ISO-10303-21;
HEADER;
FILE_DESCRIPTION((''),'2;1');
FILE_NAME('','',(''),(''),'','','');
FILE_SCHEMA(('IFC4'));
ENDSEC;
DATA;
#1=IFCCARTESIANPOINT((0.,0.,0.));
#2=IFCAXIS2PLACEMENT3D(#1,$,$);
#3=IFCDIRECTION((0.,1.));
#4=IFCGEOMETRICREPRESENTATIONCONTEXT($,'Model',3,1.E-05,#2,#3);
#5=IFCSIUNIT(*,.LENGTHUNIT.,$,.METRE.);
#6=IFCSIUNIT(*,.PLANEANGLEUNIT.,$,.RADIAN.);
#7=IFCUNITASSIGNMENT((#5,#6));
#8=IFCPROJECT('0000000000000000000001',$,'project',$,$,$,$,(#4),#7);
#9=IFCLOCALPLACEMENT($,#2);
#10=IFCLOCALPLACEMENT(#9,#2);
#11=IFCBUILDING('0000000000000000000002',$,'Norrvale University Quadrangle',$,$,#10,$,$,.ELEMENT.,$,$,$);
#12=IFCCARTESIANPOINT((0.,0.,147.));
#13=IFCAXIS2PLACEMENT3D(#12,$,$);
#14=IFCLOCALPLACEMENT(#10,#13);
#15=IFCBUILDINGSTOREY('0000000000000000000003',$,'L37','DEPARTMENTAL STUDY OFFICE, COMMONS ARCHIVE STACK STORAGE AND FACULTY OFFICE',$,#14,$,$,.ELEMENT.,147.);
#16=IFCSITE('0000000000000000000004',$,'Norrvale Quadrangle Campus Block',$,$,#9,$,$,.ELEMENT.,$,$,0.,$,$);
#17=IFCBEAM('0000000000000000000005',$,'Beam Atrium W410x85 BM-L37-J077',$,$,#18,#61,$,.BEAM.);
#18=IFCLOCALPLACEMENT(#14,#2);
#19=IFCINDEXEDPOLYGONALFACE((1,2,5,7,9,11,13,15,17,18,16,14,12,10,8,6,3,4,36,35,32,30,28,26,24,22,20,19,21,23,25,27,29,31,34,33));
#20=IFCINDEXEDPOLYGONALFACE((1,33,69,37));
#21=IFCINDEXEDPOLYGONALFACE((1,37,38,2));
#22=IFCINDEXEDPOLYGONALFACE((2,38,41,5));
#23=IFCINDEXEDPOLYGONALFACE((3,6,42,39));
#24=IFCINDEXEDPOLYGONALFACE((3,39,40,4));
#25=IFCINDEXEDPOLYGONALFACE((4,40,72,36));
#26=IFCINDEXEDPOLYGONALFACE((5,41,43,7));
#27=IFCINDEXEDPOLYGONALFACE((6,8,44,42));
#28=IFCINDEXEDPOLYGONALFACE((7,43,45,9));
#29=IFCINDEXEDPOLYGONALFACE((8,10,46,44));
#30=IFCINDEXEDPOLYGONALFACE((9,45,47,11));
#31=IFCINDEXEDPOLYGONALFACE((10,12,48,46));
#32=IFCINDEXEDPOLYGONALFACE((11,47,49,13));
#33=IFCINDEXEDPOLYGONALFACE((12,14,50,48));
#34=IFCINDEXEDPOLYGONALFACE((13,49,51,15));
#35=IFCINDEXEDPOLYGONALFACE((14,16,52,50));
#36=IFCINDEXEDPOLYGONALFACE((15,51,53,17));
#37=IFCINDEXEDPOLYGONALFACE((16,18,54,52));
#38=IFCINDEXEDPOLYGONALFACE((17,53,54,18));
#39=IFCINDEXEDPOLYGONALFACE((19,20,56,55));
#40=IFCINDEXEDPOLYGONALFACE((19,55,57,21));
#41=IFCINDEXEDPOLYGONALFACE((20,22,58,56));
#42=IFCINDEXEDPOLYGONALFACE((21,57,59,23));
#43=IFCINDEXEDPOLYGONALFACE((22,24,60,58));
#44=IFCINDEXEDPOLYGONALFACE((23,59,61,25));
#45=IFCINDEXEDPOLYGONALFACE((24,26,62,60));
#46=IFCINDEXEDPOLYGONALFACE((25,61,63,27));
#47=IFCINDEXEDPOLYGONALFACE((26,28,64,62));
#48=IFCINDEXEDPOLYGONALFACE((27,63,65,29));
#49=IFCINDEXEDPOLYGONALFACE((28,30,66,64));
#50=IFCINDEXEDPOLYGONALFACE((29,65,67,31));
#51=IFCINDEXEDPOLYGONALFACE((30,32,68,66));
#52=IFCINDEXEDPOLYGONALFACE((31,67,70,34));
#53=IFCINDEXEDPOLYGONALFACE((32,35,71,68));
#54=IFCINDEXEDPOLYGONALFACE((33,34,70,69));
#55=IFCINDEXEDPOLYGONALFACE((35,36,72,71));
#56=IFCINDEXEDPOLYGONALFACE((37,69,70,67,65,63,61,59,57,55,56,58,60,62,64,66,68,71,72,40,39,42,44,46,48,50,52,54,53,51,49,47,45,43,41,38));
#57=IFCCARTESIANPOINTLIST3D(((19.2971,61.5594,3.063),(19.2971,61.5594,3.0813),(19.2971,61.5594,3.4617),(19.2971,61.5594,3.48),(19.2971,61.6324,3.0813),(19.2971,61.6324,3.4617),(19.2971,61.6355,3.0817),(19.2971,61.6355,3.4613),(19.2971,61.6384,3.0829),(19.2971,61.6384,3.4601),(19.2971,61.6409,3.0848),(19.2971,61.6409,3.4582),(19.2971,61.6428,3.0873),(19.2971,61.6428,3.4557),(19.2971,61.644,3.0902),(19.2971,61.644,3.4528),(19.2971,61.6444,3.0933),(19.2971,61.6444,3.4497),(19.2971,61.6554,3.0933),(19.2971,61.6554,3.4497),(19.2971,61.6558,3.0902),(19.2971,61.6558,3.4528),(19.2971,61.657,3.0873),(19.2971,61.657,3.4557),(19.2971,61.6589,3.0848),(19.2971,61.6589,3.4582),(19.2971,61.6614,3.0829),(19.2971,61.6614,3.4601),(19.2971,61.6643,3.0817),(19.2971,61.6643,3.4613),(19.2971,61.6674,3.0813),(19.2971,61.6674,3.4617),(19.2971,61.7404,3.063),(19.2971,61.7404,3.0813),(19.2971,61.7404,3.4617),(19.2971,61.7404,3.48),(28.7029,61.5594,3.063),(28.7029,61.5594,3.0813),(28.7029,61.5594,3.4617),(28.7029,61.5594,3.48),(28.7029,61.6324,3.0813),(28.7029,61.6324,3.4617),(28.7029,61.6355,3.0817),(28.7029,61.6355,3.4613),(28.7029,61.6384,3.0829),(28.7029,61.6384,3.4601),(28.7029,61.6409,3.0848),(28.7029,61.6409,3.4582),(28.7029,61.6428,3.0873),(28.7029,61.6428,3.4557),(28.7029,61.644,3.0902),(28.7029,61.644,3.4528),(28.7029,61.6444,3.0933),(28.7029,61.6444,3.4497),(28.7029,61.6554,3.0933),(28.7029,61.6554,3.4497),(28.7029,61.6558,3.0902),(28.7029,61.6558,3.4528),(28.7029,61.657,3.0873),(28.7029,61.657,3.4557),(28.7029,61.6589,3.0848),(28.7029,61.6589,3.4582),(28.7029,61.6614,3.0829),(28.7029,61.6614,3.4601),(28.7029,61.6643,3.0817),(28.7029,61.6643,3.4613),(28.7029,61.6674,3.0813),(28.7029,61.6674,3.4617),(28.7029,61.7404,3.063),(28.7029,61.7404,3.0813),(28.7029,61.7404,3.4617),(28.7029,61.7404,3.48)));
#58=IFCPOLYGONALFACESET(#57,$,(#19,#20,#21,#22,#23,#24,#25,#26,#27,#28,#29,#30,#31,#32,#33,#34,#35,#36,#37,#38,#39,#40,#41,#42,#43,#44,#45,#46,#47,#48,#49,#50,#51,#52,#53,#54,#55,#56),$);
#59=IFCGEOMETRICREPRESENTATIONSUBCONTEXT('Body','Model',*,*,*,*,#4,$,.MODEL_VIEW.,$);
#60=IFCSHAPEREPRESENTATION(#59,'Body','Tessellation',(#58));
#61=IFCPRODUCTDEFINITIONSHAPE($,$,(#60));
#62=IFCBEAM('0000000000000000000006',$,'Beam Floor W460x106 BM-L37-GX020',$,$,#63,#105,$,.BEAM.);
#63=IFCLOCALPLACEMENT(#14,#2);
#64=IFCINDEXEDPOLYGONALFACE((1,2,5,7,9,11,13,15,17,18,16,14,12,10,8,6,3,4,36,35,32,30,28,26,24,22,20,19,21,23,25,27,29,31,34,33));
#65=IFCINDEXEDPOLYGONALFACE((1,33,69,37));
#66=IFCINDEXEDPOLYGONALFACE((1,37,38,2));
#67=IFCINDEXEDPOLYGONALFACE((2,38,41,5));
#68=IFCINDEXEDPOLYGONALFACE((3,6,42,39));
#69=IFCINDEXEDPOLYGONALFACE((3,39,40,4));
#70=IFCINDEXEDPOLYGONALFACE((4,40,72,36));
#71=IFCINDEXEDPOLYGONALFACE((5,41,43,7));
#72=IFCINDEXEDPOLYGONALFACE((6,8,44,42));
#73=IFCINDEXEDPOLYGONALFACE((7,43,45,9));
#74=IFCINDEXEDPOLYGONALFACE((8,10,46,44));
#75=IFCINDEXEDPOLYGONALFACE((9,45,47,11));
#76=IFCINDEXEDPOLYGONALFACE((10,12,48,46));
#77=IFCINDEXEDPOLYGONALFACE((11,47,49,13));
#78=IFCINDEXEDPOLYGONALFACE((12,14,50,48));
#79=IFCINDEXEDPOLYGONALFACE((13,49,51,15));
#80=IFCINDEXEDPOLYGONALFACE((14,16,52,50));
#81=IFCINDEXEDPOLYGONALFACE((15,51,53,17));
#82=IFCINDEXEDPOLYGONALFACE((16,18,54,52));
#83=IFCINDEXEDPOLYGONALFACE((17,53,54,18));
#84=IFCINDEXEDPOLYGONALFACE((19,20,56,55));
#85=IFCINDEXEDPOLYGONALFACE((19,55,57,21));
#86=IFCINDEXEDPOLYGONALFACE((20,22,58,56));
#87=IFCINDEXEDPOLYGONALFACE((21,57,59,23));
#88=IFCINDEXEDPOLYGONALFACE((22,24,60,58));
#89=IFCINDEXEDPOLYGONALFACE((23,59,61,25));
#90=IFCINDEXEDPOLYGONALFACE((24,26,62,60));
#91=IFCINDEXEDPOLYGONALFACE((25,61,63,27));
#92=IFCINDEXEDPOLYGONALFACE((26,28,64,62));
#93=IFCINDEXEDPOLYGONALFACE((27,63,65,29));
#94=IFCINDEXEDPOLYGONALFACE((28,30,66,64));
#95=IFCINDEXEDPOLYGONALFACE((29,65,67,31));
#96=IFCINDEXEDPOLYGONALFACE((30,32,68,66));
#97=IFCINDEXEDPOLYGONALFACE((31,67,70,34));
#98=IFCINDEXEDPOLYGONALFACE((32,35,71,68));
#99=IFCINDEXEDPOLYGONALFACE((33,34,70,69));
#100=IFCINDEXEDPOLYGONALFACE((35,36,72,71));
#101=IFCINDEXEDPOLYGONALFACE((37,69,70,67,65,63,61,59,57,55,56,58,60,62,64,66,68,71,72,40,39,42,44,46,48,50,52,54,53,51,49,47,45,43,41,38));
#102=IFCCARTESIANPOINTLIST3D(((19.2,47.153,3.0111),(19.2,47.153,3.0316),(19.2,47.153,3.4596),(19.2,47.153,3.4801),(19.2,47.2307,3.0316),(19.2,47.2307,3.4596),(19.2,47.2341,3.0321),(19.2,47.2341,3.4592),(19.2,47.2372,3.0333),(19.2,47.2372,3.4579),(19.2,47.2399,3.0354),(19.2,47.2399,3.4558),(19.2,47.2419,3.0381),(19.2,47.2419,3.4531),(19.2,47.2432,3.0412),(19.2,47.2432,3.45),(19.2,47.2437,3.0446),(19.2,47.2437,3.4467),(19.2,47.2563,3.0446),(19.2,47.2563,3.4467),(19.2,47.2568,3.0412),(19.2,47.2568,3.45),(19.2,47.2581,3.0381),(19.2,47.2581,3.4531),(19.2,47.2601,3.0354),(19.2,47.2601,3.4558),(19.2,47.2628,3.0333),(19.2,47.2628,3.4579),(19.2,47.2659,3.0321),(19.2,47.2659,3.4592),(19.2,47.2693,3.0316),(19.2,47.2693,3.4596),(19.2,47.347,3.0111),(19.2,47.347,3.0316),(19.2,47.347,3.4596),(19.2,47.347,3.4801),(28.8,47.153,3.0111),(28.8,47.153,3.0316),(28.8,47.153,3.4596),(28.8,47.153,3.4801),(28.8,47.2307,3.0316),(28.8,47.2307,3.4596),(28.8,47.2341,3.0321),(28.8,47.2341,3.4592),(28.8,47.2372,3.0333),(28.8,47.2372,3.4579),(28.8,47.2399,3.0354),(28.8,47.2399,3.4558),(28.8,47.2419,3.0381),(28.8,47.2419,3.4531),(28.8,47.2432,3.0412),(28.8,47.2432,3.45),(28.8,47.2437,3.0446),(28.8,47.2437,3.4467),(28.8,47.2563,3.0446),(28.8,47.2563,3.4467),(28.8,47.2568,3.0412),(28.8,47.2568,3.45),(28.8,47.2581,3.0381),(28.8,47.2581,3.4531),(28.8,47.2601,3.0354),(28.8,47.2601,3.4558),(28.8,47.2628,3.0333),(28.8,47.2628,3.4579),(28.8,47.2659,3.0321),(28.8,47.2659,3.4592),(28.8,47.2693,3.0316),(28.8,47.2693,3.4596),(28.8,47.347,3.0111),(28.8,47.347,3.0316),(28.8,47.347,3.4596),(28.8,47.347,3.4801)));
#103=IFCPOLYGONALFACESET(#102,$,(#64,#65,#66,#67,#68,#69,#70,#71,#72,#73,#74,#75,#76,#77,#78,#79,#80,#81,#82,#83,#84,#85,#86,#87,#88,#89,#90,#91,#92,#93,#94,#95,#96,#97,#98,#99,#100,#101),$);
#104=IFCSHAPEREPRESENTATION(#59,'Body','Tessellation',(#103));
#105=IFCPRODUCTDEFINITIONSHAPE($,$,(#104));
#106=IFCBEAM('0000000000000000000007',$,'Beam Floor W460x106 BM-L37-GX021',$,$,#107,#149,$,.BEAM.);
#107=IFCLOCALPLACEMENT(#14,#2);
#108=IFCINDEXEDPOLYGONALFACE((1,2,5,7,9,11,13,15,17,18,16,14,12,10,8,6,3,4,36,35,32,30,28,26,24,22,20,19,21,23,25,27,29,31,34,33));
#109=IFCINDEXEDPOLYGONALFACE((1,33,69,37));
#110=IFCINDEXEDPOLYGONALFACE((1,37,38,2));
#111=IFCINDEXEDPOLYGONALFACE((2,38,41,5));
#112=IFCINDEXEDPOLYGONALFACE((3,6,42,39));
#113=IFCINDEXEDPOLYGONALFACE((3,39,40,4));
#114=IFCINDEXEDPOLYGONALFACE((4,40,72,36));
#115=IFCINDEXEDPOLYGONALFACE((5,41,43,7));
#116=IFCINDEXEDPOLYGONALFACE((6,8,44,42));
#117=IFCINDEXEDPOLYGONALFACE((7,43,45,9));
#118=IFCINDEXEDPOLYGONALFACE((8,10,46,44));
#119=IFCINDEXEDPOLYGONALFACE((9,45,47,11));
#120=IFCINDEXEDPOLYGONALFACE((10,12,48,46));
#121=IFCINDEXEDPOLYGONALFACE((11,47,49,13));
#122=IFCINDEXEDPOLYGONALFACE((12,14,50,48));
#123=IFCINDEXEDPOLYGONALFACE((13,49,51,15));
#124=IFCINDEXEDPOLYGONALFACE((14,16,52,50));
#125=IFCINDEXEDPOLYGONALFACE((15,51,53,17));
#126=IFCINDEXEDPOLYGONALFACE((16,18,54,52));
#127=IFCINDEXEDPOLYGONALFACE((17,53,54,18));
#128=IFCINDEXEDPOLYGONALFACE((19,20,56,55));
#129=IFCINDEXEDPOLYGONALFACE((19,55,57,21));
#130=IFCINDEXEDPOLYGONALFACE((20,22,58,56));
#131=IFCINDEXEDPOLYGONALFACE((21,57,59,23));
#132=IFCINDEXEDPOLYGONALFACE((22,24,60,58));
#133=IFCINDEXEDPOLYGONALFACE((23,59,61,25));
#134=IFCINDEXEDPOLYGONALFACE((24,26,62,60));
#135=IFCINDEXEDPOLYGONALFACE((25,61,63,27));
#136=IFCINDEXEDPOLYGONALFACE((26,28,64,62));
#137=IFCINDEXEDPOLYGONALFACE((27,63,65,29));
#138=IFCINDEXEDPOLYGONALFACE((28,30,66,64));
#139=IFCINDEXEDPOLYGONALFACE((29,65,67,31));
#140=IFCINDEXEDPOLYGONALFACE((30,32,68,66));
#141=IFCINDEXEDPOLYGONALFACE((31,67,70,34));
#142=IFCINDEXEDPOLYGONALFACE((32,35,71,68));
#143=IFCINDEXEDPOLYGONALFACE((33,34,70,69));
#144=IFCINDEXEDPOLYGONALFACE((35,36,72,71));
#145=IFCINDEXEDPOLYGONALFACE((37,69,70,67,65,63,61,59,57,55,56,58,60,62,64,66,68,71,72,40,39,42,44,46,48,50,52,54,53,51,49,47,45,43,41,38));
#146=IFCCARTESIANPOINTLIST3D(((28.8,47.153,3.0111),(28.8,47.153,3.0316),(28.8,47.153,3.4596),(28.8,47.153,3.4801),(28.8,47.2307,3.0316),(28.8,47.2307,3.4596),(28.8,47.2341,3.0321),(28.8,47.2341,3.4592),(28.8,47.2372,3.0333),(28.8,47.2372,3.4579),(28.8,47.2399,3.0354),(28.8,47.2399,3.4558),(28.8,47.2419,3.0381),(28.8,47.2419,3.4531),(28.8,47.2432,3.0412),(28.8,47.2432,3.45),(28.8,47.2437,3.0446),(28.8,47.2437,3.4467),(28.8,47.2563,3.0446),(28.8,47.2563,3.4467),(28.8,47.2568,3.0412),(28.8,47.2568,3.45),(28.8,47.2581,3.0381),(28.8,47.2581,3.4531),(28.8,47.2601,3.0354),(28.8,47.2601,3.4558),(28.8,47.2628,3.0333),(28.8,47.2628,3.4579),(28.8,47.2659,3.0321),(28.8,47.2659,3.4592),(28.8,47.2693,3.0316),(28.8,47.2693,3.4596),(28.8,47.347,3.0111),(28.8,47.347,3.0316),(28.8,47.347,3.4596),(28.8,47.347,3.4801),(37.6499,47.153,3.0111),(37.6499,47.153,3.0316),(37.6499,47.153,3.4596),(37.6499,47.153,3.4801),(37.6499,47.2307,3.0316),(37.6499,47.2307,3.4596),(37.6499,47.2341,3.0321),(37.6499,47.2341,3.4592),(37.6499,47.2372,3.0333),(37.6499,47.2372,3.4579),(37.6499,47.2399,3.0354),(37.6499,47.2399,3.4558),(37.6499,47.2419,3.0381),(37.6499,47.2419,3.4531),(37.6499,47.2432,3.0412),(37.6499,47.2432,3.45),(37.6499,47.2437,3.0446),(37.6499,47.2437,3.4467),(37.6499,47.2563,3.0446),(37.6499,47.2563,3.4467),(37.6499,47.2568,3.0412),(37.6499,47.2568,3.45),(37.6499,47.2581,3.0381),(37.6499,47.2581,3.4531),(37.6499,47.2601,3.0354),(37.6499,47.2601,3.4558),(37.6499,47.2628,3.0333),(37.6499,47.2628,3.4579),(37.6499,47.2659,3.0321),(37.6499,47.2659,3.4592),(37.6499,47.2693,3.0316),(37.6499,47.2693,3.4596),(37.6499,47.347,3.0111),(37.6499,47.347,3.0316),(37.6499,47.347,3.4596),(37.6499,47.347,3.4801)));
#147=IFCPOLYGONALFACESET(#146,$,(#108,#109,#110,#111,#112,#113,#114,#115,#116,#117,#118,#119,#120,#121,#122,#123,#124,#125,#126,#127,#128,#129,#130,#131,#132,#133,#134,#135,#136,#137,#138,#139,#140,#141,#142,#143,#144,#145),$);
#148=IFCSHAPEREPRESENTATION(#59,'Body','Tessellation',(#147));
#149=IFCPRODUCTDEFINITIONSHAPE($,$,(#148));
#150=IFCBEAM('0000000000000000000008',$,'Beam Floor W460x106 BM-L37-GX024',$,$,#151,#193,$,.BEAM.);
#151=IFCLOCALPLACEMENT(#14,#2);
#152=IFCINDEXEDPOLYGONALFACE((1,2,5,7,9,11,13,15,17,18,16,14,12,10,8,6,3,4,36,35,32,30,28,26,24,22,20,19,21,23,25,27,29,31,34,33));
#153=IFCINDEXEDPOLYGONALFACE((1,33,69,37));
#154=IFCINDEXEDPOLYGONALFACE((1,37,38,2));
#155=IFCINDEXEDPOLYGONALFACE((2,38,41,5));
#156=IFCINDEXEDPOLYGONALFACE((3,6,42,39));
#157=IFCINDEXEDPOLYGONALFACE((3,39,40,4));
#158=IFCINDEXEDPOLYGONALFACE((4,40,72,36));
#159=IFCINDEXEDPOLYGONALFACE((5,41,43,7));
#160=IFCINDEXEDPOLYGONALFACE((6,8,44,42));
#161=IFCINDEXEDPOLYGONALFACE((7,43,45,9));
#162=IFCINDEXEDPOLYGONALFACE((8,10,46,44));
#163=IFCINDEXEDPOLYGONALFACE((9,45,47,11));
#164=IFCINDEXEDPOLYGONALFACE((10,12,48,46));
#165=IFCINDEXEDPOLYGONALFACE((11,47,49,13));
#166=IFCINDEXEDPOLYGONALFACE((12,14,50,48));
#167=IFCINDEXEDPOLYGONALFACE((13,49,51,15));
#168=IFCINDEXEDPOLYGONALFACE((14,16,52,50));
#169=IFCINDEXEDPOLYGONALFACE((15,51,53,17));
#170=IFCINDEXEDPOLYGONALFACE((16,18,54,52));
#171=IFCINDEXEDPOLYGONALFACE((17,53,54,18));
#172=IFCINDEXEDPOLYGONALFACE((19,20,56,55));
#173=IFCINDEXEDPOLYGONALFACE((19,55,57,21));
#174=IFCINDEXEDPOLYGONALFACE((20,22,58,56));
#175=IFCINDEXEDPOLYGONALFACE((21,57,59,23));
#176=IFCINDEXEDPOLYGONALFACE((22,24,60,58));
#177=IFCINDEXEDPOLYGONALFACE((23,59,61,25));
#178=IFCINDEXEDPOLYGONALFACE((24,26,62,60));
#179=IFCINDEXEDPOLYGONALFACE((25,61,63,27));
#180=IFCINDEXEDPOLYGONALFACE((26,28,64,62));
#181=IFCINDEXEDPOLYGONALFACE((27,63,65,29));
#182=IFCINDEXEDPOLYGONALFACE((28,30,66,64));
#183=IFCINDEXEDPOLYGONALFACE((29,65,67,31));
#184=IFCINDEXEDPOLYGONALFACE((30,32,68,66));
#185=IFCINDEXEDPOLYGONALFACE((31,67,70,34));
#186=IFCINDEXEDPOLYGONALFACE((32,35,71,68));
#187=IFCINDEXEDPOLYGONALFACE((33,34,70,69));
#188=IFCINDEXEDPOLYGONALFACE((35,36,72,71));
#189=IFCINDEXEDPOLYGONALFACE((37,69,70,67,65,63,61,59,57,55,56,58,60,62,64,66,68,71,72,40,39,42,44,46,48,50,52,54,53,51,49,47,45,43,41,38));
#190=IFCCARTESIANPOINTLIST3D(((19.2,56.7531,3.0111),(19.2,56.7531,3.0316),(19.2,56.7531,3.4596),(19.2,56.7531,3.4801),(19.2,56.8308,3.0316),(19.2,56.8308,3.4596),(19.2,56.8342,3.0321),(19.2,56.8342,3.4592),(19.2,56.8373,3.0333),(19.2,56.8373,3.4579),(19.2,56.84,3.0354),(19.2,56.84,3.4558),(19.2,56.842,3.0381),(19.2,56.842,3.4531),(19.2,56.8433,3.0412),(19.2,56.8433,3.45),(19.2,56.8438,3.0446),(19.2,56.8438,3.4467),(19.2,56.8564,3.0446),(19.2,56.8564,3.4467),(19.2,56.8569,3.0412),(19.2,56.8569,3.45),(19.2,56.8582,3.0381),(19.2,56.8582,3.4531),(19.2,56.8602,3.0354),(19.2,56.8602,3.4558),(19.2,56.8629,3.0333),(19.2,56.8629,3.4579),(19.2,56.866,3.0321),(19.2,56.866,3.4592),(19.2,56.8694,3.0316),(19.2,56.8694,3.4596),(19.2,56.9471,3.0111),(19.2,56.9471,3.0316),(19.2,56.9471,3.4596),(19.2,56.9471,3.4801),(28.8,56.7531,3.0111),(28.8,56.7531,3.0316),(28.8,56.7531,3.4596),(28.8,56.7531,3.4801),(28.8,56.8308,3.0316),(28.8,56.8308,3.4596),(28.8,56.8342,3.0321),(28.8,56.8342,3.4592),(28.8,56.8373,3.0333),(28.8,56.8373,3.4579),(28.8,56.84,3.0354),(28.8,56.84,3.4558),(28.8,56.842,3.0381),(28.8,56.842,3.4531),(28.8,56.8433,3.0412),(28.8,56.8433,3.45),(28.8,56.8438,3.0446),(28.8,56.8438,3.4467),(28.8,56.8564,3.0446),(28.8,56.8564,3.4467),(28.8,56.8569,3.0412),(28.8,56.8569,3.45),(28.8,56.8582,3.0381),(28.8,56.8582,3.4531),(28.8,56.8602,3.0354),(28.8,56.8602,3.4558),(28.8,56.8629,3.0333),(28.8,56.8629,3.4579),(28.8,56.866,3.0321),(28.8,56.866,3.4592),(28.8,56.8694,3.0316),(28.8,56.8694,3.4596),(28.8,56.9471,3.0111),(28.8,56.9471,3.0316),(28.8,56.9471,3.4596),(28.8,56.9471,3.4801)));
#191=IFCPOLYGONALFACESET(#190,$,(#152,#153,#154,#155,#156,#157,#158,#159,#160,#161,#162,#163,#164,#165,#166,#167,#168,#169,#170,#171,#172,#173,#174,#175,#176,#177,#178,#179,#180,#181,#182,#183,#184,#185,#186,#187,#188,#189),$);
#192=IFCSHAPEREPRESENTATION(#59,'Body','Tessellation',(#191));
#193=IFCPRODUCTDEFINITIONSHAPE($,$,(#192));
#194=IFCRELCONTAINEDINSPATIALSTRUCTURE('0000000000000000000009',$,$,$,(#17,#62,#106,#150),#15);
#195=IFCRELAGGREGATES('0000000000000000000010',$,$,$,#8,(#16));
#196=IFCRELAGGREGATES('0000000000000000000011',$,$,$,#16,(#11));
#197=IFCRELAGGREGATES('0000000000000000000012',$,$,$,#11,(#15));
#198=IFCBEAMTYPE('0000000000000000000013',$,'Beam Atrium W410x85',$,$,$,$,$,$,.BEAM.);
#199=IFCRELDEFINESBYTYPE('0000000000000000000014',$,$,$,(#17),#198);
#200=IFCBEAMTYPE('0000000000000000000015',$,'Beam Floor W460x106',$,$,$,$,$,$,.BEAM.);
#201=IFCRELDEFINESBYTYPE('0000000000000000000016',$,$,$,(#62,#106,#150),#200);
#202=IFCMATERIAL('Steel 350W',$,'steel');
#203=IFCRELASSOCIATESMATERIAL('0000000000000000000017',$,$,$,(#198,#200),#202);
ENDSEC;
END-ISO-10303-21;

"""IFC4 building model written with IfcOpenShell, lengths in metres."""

from ifc_helpers import new_model, si_unit, direction, frame, origin, origin_2d, place, context, subcontext, project, spatial, i_section, extrude, material, material_profile, profile_set, type_object, element, save


model = new_model("IFC4")

# Units and contexts
model_context = context("Model", 3, precision=1e-05, world=origin(), true_north=direction((0.0, 1.0)))
body_context = subcontext(model_context, "Body", "Model", "MODEL_VIEW")
ifc_project = project(units=[si_unit("LENGTHUNIT", "METRE"), si_unit("PLANEANGLEUNIT", "RADIAN")], contexts=[model_context])

# Site, building, storey
site_placement = place(None, origin())
site = spatial("IfcSite", under=ifc_project, at=site_placement, Name="Norrvale Quadrangle Campus Block", CompositionType="ELEMENT", RefElevation=0.0)
building_placement = place(site_placement, origin())
building = spatial("IfcBuilding", under=site, at=building_placement, Name="Norrvale University Quadrangle", CompositionType="ELEMENT")
storey_placement = place(building_placement, frame((0.0, 0.0, 147.0)))
storey = spatial("IfcBuildingStorey", under=building, at=storey_placement, Name="L37", Description="DEPARTMENTAL STUDY OFFICE, COMMONS ARCHIVE STACK STORAGE AND FACULTY OFFICE", CompositionType="ELEMENT", Elevation=147.0)

# Beams
ifc_material_1 = material(Name="Steel 350W", Category="steel")
ifc_material_profile_1 = material_profile(ifc_material_1, i_section(OverallWidth=0.1809, OverallDepth=0.417, WebThickness=0.011, FlangeThickness=0.0183, FilletRadius=0.012, at=origin_2d()), Name="Steel 350W")
ifc_profile_set_1 = profile_set([ifc_material_profile_1], Name="Steel 350W")
beam_type_1 = type_object("IfcBeamType", Name="Beam Atrium W410x85", PredefinedType="BEAM", material=ifc_profile_set_1)
for number, where, z_axis, x_axis, name in (
    (1, (19.2971, 61.6499, 3.2715), (1.0, 0.0, 0.0), (0.0, 1.0, 0.0), "Beam Atrium W410x85 BM-L37-J077"),
):
    element("IfcBeam", number, at=place(storey_placement, frame(where, z_axis=z_axis, x_axis=x_axis)), inside=storey, type_object=beam_type_1, Name=name, PredefinedType="BEAM", context=body_context, shape_type="SweptSolid", body=[
        extrude(i_section(OverallWidth=0.1809, OverallDepth=0.417, WebThickness=0.011, FlangeThickness=0.0183, FilletRadius=0.012, at=origin_2d()), origin(), (0.0, 0.0, 1.0), 9.4058),
    ])
ifc_material_profile_2 = material_profile(ifc_material_1, i_section(OverallWidth=0.1941, OverallDepth=0.469, WebThickness=0.0127, FlangeThickness=0.0205, FilletRadius=0.0129, at=origin_2d()), Name="Steel 350W")
ifc_profile_set_2 = profile_set([ifc_material_profile_2], Name="Steel 350W")
beam_type_2 = type_object("IfcBeamType", Name="Beam Floor W460x106", PredefinedType="BEAM", material=ifc_profile_set_2)
beam_1_placement = place(storey_placement, frame((19.2, 47.25, 3.2456), z_axis=(1.0, 0.0, 0.0), x_axis=(0.0, 1.0, 0.0)))
element("IfcBeam", 2, at=beam_1_placement, inside=storey, type_object=beam_type_2, Name="Beam Floor W460x106 BM-L37-GX020", PredefinedType="BEAM", context=body_context, shape_type="SweptSolid", body=[
    extrude(i_section(OverallWidth=0.1941, OverallDepth=0.469, WebThickness=0.0127, FlangeThickness=0.0205, FilletRadius=0.0129, at=origin_2d()), origin(), (0.0, 0.0, 1.0), 9.6001),
])
beam_2_placement = place(storey_placement, frame((28.8, 47.25, 3.2456), z_axis=(1.0, 0.0, 0.0), x_axis=(0.0, 1.0, 0.0)))
element("IfcBeam", 3, at=beam_2_placement, inside=storey, type_object=beam_type_2, Name="Beam Floor W460x106 BM-L37-GX021", PredefinedType="BEAM", context=body_context, shape_type="SweptSolid", body=[
    extrude(i_section(OverallWidth=0.1941, OverallDepth=0.469, WebThickness=0.0127, FlangeThickness=0.0205, FilletRadius=0.0129, at=origin_2d()), origin(), (0.0, 0.0, 1.0), 8.8499),
])
for number, where, z_axis, x_axis, name in (
    (4, (19.2, 56.8501, 3.2456), (1.0, 0.0, 0.0), (0.0, 1.0, 0.0), "Beam Floor W460x106 BM-L37-GX024"),
):
    element("IfcBeam", number, at=place(storey_placement, frame(where, z_axis=z_axis, x_axis=x_axis)), inside=storey, type_object=beam_type_2, Name=name, PredefinedType="BEAM", context=body_context, shape_type="SweptSolid", body=[
        extrude(i_section(OverallWidth=0.1941, OverallDepth=0.469, WebThickness=0.0127, FlangeThickness=0.0205, FilletRadius=0.0129, at=origin_2d()), origin(), (0.0, 0.0, 1.0), 9.6001),
    ])

save(model, "model.ifc")
